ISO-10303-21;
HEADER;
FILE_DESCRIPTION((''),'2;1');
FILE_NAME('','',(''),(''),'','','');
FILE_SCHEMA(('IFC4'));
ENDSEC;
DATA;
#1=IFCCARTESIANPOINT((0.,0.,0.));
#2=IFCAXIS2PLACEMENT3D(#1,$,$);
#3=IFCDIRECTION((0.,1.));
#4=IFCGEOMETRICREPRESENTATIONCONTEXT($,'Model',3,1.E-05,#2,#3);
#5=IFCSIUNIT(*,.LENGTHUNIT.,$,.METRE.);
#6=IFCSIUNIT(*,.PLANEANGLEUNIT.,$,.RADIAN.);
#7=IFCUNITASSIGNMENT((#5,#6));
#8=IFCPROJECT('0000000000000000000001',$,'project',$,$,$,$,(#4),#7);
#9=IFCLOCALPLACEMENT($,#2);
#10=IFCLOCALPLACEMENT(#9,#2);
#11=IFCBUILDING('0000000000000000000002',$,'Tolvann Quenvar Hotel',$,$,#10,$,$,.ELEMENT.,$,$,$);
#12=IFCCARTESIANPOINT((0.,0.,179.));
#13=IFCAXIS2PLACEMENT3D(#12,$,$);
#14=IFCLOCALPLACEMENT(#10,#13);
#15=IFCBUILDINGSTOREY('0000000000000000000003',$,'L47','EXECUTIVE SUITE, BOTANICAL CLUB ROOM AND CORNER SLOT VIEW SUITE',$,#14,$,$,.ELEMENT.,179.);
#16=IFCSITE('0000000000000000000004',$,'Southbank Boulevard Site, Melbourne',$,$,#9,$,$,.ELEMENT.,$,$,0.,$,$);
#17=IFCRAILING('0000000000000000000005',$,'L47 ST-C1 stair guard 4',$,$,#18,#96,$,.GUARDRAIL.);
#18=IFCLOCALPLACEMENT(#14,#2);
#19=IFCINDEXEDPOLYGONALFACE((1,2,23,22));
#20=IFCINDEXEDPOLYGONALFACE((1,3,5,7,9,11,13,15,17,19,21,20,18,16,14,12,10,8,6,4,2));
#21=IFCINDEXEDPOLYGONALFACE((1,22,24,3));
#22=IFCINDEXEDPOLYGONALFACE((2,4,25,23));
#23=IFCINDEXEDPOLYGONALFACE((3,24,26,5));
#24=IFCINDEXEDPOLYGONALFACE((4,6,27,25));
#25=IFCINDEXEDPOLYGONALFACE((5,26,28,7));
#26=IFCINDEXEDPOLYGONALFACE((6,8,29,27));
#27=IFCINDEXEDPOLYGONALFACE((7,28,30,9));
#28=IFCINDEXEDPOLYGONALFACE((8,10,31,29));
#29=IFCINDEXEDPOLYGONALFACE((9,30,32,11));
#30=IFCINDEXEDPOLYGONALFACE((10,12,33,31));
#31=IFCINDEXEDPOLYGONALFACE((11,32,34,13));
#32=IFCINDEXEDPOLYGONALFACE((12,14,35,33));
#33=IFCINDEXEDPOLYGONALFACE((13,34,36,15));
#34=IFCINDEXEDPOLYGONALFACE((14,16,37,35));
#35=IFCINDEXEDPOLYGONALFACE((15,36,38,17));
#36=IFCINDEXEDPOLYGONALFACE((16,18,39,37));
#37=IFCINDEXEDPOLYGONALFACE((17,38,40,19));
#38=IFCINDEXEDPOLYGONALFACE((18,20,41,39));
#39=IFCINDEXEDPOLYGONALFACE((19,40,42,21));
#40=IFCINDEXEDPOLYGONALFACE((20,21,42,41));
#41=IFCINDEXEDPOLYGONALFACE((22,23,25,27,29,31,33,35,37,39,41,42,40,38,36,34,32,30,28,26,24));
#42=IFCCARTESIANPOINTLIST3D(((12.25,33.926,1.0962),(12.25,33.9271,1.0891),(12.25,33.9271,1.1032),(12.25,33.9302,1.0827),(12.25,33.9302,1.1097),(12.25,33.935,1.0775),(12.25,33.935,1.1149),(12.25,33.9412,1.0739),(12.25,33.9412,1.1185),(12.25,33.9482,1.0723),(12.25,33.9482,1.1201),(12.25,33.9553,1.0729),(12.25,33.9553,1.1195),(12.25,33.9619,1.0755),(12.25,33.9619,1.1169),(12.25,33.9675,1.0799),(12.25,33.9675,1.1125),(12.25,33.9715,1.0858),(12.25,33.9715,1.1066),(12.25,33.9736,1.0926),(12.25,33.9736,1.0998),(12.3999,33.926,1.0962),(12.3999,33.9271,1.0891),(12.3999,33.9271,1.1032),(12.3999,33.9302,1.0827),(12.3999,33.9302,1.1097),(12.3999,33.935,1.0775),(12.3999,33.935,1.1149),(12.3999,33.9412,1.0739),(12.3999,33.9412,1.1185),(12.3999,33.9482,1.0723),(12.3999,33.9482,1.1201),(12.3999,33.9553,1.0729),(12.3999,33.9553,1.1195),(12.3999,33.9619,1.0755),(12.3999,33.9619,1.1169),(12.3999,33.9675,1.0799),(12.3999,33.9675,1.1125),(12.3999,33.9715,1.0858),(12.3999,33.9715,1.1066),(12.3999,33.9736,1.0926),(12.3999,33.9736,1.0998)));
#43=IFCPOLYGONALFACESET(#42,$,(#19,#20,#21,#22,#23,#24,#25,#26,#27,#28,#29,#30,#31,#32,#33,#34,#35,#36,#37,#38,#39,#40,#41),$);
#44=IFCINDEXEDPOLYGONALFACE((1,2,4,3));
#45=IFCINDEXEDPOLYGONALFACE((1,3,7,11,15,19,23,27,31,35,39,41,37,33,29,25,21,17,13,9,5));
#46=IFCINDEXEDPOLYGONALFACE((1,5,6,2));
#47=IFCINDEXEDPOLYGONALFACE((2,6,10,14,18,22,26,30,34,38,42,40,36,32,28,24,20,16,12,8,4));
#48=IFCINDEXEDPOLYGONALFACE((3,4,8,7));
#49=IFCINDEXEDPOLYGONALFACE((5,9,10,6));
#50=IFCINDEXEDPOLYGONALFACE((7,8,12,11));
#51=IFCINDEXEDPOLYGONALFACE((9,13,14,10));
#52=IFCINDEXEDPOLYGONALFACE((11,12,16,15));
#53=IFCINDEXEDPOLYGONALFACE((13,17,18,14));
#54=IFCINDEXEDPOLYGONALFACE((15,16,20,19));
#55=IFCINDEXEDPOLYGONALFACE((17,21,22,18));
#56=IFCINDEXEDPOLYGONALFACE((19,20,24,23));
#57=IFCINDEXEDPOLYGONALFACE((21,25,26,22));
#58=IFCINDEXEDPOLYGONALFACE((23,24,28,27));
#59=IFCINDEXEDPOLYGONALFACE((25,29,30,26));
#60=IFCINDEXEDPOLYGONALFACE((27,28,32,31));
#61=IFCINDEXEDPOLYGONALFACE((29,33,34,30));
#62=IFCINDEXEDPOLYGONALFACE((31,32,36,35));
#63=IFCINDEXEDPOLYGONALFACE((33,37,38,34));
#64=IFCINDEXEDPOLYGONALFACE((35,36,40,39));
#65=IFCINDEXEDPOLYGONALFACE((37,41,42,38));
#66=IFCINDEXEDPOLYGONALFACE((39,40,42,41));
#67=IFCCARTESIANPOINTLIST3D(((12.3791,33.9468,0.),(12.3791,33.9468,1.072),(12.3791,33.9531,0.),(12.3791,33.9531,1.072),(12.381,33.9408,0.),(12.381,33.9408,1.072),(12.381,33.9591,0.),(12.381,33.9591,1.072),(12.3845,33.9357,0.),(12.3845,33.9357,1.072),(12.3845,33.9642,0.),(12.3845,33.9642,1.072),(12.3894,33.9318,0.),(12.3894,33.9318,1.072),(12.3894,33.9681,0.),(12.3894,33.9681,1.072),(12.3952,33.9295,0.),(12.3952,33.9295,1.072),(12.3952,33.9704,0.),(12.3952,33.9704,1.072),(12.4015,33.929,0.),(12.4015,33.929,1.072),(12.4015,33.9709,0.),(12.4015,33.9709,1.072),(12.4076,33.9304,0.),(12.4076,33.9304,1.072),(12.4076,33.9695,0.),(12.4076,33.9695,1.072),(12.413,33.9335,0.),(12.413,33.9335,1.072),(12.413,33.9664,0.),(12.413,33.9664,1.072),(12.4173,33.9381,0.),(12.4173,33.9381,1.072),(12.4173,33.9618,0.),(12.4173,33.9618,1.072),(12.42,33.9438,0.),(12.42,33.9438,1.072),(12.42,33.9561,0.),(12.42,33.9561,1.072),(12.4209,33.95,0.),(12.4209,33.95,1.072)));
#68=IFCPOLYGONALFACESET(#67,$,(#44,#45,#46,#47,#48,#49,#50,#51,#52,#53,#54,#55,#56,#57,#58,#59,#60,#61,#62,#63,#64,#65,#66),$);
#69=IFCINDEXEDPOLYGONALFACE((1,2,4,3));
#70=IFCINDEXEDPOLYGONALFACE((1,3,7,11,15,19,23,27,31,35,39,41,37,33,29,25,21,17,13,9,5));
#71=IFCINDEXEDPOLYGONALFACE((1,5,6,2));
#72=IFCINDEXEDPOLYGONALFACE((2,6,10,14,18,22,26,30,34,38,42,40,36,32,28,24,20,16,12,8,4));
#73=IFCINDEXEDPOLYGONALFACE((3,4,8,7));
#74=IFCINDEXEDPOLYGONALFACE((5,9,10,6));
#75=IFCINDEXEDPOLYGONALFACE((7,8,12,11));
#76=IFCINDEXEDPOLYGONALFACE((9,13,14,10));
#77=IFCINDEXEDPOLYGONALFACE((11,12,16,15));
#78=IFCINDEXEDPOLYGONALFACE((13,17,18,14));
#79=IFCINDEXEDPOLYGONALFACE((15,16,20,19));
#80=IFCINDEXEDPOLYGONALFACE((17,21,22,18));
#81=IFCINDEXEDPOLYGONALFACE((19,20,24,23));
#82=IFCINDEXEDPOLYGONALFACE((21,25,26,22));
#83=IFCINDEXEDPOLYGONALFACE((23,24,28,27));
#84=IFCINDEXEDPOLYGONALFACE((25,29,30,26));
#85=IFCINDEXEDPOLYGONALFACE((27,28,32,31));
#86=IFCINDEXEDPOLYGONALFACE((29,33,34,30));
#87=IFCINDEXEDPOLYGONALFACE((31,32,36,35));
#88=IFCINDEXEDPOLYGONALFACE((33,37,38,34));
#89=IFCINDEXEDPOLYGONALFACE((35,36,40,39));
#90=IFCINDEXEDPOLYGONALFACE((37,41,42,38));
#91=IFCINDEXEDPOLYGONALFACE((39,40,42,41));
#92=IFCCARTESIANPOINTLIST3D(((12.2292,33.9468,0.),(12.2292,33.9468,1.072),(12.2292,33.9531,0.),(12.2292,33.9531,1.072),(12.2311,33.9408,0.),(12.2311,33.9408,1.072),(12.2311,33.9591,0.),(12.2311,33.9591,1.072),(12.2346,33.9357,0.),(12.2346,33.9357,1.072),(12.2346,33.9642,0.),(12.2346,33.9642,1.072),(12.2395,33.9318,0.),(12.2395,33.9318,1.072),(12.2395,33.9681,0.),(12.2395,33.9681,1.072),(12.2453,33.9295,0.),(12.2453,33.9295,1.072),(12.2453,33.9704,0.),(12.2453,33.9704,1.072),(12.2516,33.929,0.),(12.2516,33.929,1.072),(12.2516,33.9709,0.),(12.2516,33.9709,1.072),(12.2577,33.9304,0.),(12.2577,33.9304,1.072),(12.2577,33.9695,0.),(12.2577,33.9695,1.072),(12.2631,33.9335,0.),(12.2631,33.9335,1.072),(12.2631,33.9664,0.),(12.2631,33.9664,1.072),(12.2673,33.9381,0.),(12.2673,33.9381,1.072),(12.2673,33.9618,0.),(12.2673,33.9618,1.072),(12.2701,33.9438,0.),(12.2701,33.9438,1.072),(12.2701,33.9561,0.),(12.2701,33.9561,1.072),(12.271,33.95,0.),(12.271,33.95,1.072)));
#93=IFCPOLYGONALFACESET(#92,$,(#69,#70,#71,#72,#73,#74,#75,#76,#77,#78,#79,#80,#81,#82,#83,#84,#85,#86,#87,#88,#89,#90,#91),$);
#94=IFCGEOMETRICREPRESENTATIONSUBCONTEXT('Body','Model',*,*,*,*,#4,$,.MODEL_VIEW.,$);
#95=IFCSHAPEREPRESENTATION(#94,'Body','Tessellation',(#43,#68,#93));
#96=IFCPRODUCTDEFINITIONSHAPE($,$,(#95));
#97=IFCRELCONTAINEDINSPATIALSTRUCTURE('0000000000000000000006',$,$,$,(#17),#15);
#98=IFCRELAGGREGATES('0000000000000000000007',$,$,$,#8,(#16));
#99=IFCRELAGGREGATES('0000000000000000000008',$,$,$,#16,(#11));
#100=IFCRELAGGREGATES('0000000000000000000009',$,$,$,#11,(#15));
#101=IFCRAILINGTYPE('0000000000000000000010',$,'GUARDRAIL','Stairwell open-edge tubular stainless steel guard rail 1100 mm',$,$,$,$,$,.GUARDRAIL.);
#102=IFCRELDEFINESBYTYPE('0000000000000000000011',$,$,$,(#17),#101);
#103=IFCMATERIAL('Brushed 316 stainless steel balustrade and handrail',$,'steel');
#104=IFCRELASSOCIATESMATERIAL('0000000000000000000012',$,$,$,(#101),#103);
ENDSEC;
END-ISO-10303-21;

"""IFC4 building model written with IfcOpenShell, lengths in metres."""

from ifc_helpers import new_model, si_unit, direction, frame, origin, origin_2d, place, context, subcontext, project, spatial, circle, extrude, material, type_object, element, save


model = new_model("IFC4")

# Units and contexts
model_context = context("Model", 3, precision=1e-05, world=origin(), true_north=direction((0.0, 1.0)))
body_context = subcontext(model_context, "Body", "Model", "MODEL_VIEW")
ifc_project = project(units=[si_unit("LENGTHUNIT", "METRE"), si_unit("PLANEANGLEUNIT", "RADIAN")], contexts=[model_context])

# Site, building, storey
site_placement = place(None, origin())
site = spatial("IfcSite", under=ifc_project, at=site_placement, Name="Southbank Boulevard Site, Melbourne", CompositionType="ELEMENT", RefElevation=0.0)
building_placement = place(site_placement, origin())
building = spatial("IfcBuilding", under=site, at=building_placement, Name="Tolvann Quenvar Hotel", CompositionType="ELEMENT")
storey_placement = place(building_placement, frame((0.0, 0.0, 179.0)))
storey = spatial("IfcBuildingStorey", under=building, at=storey_placement, Name="L47", Description="EXECUTIVE SUITE, BOTANICAL CLUB ROOM AND CORNER SLOT VIEW SUITE", CompositionType="ELEMENT", Elevation=179.0)

# Railing
ifc_material_1 = material(Name="Brushed 316 stainless steel balustrade and handrail", Category="steel")
railing_type_1 = type_object("IfcRailingType", Name="GUARDRAIL", Description="Stairwell open-edge tubular stainless steel guard rail 1100 mm", PredefinedType="GUARDRAIL", material=ifc_material_1)
railing_1_placement = place(storey_placement, frame((12.3999, 33.95, 0.0)))
element("IfcRailing", 1, at=railing_1_placement, inside=storey, type_object=railing_type_1, Name="L47 ST-C1 stair guard 4", PredefinedType="GUARDRAIL", context=body_context, shape_type="SweptSolid", body=[
    extrude(circle(Radius=0.0239, at=origin_2d()), frame((0.0, 0.0, 1.0962), z_axis=(-1.0, 0.0, 0.0), x_axis=(0.0, -1.0, 0.0)), (0.0, 0.0, 1.0), 0.1499),
    extrude(circle(Radius=0.021, at=origin_2d()), origin(), (0.0, 0.0, 1.0), 1.072),
    extrude(circle(Radius=0.021, at=origin_2d()), frame((-0.1499, 0.0, 0.0)), (0.0, 0.0, 1.0), 1.072),
])

save(model, "model.ifc")
